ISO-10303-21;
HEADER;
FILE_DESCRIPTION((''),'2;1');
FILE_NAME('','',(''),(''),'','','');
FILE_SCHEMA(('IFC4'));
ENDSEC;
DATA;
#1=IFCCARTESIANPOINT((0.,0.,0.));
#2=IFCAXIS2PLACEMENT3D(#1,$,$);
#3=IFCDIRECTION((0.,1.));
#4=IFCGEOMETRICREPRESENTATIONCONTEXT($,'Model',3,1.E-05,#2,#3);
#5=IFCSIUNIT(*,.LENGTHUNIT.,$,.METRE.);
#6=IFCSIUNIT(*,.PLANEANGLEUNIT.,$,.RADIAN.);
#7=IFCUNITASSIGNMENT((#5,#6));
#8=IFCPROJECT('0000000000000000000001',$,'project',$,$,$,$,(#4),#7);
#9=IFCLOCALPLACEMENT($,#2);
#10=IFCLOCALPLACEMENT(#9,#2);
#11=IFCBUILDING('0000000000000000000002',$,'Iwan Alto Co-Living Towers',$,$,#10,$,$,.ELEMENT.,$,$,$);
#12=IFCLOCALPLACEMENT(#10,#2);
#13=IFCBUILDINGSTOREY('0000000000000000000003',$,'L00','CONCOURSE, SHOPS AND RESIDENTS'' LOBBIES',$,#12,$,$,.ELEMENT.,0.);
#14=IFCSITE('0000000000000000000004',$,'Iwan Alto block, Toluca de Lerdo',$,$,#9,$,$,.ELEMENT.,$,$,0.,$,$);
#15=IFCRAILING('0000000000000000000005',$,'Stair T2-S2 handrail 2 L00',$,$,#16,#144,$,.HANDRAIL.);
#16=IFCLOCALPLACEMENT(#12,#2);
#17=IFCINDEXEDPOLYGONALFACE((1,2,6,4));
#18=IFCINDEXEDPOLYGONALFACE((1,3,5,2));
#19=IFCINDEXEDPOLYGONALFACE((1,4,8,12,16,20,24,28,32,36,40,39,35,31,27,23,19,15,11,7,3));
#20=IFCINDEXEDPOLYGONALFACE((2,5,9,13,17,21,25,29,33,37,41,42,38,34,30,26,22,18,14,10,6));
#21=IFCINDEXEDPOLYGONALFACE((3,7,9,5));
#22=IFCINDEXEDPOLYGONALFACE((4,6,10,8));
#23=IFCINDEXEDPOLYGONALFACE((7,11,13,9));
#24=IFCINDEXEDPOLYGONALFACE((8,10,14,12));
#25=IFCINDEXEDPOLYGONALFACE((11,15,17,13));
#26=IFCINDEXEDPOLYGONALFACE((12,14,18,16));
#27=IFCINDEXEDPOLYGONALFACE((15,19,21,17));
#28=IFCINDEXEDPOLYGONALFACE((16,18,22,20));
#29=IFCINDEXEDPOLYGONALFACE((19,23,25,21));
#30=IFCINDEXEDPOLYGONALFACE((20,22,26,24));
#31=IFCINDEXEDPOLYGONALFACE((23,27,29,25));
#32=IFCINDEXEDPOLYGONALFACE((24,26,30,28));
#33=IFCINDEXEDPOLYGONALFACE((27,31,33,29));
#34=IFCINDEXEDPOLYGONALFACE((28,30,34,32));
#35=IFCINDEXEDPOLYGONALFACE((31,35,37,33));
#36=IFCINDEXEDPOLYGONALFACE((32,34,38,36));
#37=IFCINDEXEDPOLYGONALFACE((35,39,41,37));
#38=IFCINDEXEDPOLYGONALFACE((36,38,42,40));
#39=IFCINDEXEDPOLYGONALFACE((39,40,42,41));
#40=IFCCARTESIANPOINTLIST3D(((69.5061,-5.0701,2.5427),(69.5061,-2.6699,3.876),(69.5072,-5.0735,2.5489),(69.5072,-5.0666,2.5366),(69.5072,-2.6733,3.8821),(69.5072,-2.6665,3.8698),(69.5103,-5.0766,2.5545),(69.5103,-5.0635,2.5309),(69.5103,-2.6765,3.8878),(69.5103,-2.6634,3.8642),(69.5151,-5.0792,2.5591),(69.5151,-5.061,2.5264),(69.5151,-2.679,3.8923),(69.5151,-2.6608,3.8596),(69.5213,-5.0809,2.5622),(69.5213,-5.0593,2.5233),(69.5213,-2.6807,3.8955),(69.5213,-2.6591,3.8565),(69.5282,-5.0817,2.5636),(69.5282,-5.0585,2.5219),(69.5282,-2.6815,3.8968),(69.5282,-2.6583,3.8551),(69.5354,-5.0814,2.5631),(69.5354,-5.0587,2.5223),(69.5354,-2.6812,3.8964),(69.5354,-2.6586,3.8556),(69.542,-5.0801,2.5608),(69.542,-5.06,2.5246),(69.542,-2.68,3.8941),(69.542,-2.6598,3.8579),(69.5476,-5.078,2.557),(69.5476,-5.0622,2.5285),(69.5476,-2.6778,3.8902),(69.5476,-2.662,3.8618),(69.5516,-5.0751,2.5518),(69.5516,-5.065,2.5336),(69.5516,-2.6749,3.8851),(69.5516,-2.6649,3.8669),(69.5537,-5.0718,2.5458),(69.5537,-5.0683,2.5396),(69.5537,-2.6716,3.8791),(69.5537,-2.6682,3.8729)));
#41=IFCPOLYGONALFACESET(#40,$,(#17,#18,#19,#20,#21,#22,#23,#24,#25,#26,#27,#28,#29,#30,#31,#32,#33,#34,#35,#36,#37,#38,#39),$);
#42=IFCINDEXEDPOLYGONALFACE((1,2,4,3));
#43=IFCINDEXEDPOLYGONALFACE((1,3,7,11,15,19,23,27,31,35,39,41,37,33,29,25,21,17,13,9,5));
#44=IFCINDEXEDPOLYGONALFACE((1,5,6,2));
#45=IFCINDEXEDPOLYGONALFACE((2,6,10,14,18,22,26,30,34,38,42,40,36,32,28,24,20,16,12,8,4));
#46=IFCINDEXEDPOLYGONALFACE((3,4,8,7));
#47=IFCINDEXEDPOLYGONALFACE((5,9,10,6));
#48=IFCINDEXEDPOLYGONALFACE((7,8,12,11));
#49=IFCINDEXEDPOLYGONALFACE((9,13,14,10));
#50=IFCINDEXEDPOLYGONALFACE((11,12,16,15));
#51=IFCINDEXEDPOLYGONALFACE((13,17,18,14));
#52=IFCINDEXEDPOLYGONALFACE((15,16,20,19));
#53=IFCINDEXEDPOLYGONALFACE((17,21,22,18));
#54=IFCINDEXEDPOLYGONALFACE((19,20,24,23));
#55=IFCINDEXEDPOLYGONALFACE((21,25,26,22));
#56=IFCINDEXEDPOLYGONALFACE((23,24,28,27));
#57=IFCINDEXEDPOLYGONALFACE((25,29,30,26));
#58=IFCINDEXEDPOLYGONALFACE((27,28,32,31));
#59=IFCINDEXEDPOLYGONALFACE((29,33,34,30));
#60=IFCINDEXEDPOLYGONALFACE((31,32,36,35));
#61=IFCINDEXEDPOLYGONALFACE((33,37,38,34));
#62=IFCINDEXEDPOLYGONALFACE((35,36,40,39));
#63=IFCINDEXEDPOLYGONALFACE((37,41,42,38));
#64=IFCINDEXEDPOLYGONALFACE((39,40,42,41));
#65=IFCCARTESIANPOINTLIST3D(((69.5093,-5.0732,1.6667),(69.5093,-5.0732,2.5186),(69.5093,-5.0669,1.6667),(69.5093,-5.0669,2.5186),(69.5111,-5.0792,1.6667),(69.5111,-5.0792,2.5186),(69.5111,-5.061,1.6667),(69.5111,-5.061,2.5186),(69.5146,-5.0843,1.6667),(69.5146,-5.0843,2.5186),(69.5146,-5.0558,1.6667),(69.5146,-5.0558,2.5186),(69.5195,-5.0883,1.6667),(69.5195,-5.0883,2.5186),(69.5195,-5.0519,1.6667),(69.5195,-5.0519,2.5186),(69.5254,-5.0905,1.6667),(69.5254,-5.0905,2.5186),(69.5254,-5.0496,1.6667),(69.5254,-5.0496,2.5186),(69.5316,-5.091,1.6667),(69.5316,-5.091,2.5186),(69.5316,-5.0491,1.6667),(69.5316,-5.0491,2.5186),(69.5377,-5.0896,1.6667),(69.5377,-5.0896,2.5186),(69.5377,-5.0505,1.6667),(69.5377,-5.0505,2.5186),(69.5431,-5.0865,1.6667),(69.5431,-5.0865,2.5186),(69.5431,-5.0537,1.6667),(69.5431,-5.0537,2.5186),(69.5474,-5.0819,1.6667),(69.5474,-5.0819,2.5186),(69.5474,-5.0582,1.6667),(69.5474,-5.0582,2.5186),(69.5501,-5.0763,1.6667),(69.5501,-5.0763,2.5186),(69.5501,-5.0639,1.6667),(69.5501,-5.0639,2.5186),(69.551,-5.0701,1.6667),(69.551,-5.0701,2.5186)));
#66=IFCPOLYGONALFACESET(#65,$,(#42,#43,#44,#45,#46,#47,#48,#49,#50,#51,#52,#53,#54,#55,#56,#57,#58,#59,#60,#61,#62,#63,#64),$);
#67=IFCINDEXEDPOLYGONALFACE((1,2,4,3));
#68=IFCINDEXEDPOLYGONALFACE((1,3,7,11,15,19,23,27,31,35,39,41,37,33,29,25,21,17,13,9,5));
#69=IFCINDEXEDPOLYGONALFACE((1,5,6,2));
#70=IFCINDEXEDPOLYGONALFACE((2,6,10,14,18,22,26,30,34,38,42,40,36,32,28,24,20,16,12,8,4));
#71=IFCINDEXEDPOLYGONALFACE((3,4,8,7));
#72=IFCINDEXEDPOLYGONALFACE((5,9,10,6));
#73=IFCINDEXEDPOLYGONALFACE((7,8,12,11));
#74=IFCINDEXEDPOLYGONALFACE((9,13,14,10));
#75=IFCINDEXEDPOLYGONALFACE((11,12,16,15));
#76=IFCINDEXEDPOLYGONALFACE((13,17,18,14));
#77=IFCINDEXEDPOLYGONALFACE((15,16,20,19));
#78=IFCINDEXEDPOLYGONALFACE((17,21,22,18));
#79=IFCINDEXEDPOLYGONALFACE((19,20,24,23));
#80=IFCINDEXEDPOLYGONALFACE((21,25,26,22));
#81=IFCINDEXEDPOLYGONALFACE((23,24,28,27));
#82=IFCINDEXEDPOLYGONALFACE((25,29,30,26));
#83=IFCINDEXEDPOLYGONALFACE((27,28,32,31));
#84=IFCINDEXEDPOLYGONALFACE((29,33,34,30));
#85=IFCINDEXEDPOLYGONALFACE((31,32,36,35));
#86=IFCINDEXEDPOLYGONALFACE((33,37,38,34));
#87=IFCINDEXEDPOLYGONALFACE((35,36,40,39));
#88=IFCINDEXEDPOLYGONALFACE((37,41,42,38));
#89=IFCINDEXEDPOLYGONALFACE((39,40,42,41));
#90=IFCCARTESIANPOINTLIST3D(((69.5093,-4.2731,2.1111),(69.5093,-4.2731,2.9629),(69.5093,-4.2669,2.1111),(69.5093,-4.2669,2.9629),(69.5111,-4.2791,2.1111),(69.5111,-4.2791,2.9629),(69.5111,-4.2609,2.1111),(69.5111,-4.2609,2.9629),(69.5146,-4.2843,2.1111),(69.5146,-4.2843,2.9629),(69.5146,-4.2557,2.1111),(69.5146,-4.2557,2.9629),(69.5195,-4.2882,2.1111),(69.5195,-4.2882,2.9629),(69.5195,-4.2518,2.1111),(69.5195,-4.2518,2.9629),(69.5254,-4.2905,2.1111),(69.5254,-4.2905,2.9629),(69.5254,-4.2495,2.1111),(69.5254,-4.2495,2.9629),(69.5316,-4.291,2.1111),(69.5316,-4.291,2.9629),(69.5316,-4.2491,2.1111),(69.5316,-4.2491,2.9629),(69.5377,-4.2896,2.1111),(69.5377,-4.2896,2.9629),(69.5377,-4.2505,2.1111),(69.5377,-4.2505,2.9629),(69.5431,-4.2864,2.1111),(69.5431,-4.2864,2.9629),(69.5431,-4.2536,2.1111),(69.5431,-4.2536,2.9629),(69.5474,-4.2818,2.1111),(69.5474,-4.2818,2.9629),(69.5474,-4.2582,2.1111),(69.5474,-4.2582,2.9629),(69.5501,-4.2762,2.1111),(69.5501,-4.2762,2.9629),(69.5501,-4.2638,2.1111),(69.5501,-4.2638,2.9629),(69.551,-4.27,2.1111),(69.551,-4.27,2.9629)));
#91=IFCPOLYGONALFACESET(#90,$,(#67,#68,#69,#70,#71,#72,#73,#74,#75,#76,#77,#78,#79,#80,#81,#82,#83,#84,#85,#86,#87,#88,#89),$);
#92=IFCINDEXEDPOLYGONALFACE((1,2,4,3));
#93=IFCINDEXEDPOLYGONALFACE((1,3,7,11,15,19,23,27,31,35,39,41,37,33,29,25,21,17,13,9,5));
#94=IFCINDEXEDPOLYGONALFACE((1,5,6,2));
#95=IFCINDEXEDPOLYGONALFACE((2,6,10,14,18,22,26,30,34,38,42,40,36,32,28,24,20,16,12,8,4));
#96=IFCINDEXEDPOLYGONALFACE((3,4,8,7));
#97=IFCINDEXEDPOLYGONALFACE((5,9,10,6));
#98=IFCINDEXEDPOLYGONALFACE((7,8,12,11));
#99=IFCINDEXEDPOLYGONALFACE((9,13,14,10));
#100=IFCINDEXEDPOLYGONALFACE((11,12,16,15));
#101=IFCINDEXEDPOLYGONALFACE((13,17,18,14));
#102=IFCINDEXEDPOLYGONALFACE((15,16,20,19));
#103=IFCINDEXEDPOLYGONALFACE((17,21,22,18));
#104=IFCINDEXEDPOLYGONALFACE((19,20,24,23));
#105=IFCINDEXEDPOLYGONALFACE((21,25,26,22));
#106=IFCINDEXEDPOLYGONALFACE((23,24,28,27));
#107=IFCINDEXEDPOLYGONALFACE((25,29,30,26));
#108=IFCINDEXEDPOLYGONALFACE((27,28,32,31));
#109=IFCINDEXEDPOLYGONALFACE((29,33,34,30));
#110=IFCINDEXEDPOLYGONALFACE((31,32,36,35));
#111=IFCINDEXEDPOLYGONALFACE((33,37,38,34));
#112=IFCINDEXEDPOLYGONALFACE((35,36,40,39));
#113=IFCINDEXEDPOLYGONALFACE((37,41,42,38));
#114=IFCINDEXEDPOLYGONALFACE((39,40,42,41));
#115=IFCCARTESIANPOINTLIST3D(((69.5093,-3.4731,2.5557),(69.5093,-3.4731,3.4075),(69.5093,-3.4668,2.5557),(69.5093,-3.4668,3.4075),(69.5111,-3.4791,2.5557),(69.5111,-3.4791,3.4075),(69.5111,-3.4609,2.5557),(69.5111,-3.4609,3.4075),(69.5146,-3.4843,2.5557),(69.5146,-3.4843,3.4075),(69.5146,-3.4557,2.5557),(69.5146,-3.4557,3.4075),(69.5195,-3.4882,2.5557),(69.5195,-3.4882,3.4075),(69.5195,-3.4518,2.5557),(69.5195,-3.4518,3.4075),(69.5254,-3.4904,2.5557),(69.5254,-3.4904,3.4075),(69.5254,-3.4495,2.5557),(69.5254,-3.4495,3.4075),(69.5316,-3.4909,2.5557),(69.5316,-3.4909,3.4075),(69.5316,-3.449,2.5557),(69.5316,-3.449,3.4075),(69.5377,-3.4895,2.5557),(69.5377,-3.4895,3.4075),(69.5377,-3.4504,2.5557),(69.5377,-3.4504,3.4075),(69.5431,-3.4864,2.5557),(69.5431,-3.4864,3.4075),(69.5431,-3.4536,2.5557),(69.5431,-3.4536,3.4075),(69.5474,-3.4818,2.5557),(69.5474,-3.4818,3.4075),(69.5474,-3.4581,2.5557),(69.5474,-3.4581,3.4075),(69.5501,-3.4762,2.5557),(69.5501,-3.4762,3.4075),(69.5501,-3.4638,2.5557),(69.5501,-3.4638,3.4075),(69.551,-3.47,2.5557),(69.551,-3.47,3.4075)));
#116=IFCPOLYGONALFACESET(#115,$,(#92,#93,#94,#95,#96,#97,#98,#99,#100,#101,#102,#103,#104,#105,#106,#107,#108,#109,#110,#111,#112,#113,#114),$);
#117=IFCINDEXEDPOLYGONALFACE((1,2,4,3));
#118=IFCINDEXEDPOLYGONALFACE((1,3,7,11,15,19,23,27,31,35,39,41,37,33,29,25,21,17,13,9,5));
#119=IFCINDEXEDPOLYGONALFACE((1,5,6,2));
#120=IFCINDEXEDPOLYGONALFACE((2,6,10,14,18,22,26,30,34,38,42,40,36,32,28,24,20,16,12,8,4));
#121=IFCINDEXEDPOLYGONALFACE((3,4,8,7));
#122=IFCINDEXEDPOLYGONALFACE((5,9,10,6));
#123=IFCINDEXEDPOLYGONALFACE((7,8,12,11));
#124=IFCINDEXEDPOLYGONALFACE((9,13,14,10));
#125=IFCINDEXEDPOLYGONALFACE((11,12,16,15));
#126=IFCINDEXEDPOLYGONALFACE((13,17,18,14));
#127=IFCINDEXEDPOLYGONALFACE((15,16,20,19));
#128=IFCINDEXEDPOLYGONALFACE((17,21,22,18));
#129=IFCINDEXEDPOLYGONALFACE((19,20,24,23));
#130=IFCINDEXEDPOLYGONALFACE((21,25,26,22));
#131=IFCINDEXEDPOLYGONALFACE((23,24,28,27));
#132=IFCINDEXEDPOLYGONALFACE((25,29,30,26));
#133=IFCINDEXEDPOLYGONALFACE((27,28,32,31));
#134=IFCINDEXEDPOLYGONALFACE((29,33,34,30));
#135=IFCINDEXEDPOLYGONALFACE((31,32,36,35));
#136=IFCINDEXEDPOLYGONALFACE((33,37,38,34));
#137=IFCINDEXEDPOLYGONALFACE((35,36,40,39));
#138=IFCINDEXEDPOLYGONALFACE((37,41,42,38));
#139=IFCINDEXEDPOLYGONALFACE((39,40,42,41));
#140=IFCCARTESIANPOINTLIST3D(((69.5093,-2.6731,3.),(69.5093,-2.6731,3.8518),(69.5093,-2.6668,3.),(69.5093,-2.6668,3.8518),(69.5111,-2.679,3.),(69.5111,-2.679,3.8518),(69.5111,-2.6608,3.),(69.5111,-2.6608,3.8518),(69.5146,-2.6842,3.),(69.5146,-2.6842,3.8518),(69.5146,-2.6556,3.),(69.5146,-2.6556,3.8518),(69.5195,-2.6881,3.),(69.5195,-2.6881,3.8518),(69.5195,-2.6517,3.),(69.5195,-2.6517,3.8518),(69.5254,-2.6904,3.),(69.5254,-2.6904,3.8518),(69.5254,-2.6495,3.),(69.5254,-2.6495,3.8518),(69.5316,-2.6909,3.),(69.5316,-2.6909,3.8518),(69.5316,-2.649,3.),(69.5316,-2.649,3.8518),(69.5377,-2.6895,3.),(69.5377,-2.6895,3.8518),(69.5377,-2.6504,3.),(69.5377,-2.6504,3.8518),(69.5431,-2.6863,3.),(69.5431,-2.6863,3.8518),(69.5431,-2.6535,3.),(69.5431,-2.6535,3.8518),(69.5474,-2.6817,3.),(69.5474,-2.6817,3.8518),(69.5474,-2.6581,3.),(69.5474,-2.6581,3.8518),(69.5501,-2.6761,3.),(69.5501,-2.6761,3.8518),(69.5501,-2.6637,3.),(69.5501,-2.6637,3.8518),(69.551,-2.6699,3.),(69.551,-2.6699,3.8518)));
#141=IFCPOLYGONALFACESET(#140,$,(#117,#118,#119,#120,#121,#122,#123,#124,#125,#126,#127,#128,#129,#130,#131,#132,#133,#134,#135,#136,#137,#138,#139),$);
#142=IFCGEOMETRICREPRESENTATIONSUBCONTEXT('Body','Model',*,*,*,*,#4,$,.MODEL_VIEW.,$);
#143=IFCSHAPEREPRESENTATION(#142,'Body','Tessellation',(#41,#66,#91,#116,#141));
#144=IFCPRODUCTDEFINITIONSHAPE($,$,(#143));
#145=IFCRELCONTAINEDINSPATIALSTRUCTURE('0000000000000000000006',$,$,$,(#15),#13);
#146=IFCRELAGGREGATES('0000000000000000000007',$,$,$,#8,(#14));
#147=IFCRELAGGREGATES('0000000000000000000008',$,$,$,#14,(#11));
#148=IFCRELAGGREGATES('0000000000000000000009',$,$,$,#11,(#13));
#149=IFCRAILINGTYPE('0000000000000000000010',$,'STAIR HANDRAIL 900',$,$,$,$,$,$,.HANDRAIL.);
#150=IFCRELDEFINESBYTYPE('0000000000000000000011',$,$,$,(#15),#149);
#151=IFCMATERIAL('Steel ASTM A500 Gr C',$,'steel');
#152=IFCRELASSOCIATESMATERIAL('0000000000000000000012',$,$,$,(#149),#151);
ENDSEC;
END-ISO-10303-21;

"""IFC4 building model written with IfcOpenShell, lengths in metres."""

from ifc_helpers import new_model, si_unit, direction, frame, origin, origin_2d, place, context, subcontext, project, spatial, circle, extrude, material, type_object, element, save


model = new_model("IFC4")

# Units and contexts
model_context = context("Model", 3, precision=1e-05, world=origin(), true_north=direction((0.0, 1.0)))
body_context = subcontext(model_context, "Body", "Model", "MODEL_VIEW")
ifc_project = project(units=[si_unit("LENGTHUNIT", "METRE"), si_unit("PLANEANGLEUNIT", "RADIAN")], contexts=[model_context])

# Site, building, storey
site_placement = place(None, origin())
site = spatial("IfcSite", under=ifc_project, at=site_placement, Name="Iwan Alto block, Toluca de Lerdo", CompositionType="ELEMENT", RefElevation=0.0)
building_placement = place(site_placement, origin())
building = spatial("IfcBuilding", under=site, at=building_placement, Name="Iwan Alto Co-Living Towers", CompositionType="ELEMENT")
storey_placement = place(building_placement, origin())
storey = spatial("IfcBuildingStorey", under=building, at=storey_placement, Name="L00", Description="CONCOURSE, SHOPS AND RESIDENTS' LOBBIES", CompositionType="ELEMENT", Elevation=0.0)

# Railing
ifc_material_1 = material(Name="Steel ASTM A500 Gr C", Category="steel")
railing_type_1 = type_object("IfcRailingType", Name="STAIR HANDRAIL 900", PredefinedType="HANDRAIL", material=ifc_material_1)
railing_1_placement = place(storey_placement, frame((69.53, -5.0701, 1.6667)))
element("IfcRailing", 1, at=railing_1_placement, inside=storey, type_object=railing_type_1, Name="Stair T2-S2 handrail 2 L00", PredefinedType="HANDRAIL", context=body_context, shape_type="SweptSolid", body=[
    extrude(circle(Radius=0.0239, at=origin_2d()), frame((0.0, 0.0, 0.876), z_axis=(0.0, 0.874182, 0.485598), x_axis=(-1.0, 0.0, 0.0)), (0.0, 0.0, 1.0), 2.7456),
    extrude(circle(Radius=0.021, at=origin_2d()), origin(), (0.0, 0.0, 1.0), 0.8518),
    extrude(circle(Radius=0.021, at=origin_2d()), frame((0.0, 0.8, 0.4443)), (0.0, 0.0, 1.0), 0.8518),
    extrude(circle(Radius=0.021, at=origin_2d()), frame((0.0, 1.6001, 0.8889)), (0.0, 0.0, 1.0), 0.8518),
    extrude(circle(Radius=0.021, at=origin_2d()), frame((0.0, 2.4001, 1.3333)), (0.0, 0.0, 1.0), 0.8518),
])

save(model, "model.ifc")
